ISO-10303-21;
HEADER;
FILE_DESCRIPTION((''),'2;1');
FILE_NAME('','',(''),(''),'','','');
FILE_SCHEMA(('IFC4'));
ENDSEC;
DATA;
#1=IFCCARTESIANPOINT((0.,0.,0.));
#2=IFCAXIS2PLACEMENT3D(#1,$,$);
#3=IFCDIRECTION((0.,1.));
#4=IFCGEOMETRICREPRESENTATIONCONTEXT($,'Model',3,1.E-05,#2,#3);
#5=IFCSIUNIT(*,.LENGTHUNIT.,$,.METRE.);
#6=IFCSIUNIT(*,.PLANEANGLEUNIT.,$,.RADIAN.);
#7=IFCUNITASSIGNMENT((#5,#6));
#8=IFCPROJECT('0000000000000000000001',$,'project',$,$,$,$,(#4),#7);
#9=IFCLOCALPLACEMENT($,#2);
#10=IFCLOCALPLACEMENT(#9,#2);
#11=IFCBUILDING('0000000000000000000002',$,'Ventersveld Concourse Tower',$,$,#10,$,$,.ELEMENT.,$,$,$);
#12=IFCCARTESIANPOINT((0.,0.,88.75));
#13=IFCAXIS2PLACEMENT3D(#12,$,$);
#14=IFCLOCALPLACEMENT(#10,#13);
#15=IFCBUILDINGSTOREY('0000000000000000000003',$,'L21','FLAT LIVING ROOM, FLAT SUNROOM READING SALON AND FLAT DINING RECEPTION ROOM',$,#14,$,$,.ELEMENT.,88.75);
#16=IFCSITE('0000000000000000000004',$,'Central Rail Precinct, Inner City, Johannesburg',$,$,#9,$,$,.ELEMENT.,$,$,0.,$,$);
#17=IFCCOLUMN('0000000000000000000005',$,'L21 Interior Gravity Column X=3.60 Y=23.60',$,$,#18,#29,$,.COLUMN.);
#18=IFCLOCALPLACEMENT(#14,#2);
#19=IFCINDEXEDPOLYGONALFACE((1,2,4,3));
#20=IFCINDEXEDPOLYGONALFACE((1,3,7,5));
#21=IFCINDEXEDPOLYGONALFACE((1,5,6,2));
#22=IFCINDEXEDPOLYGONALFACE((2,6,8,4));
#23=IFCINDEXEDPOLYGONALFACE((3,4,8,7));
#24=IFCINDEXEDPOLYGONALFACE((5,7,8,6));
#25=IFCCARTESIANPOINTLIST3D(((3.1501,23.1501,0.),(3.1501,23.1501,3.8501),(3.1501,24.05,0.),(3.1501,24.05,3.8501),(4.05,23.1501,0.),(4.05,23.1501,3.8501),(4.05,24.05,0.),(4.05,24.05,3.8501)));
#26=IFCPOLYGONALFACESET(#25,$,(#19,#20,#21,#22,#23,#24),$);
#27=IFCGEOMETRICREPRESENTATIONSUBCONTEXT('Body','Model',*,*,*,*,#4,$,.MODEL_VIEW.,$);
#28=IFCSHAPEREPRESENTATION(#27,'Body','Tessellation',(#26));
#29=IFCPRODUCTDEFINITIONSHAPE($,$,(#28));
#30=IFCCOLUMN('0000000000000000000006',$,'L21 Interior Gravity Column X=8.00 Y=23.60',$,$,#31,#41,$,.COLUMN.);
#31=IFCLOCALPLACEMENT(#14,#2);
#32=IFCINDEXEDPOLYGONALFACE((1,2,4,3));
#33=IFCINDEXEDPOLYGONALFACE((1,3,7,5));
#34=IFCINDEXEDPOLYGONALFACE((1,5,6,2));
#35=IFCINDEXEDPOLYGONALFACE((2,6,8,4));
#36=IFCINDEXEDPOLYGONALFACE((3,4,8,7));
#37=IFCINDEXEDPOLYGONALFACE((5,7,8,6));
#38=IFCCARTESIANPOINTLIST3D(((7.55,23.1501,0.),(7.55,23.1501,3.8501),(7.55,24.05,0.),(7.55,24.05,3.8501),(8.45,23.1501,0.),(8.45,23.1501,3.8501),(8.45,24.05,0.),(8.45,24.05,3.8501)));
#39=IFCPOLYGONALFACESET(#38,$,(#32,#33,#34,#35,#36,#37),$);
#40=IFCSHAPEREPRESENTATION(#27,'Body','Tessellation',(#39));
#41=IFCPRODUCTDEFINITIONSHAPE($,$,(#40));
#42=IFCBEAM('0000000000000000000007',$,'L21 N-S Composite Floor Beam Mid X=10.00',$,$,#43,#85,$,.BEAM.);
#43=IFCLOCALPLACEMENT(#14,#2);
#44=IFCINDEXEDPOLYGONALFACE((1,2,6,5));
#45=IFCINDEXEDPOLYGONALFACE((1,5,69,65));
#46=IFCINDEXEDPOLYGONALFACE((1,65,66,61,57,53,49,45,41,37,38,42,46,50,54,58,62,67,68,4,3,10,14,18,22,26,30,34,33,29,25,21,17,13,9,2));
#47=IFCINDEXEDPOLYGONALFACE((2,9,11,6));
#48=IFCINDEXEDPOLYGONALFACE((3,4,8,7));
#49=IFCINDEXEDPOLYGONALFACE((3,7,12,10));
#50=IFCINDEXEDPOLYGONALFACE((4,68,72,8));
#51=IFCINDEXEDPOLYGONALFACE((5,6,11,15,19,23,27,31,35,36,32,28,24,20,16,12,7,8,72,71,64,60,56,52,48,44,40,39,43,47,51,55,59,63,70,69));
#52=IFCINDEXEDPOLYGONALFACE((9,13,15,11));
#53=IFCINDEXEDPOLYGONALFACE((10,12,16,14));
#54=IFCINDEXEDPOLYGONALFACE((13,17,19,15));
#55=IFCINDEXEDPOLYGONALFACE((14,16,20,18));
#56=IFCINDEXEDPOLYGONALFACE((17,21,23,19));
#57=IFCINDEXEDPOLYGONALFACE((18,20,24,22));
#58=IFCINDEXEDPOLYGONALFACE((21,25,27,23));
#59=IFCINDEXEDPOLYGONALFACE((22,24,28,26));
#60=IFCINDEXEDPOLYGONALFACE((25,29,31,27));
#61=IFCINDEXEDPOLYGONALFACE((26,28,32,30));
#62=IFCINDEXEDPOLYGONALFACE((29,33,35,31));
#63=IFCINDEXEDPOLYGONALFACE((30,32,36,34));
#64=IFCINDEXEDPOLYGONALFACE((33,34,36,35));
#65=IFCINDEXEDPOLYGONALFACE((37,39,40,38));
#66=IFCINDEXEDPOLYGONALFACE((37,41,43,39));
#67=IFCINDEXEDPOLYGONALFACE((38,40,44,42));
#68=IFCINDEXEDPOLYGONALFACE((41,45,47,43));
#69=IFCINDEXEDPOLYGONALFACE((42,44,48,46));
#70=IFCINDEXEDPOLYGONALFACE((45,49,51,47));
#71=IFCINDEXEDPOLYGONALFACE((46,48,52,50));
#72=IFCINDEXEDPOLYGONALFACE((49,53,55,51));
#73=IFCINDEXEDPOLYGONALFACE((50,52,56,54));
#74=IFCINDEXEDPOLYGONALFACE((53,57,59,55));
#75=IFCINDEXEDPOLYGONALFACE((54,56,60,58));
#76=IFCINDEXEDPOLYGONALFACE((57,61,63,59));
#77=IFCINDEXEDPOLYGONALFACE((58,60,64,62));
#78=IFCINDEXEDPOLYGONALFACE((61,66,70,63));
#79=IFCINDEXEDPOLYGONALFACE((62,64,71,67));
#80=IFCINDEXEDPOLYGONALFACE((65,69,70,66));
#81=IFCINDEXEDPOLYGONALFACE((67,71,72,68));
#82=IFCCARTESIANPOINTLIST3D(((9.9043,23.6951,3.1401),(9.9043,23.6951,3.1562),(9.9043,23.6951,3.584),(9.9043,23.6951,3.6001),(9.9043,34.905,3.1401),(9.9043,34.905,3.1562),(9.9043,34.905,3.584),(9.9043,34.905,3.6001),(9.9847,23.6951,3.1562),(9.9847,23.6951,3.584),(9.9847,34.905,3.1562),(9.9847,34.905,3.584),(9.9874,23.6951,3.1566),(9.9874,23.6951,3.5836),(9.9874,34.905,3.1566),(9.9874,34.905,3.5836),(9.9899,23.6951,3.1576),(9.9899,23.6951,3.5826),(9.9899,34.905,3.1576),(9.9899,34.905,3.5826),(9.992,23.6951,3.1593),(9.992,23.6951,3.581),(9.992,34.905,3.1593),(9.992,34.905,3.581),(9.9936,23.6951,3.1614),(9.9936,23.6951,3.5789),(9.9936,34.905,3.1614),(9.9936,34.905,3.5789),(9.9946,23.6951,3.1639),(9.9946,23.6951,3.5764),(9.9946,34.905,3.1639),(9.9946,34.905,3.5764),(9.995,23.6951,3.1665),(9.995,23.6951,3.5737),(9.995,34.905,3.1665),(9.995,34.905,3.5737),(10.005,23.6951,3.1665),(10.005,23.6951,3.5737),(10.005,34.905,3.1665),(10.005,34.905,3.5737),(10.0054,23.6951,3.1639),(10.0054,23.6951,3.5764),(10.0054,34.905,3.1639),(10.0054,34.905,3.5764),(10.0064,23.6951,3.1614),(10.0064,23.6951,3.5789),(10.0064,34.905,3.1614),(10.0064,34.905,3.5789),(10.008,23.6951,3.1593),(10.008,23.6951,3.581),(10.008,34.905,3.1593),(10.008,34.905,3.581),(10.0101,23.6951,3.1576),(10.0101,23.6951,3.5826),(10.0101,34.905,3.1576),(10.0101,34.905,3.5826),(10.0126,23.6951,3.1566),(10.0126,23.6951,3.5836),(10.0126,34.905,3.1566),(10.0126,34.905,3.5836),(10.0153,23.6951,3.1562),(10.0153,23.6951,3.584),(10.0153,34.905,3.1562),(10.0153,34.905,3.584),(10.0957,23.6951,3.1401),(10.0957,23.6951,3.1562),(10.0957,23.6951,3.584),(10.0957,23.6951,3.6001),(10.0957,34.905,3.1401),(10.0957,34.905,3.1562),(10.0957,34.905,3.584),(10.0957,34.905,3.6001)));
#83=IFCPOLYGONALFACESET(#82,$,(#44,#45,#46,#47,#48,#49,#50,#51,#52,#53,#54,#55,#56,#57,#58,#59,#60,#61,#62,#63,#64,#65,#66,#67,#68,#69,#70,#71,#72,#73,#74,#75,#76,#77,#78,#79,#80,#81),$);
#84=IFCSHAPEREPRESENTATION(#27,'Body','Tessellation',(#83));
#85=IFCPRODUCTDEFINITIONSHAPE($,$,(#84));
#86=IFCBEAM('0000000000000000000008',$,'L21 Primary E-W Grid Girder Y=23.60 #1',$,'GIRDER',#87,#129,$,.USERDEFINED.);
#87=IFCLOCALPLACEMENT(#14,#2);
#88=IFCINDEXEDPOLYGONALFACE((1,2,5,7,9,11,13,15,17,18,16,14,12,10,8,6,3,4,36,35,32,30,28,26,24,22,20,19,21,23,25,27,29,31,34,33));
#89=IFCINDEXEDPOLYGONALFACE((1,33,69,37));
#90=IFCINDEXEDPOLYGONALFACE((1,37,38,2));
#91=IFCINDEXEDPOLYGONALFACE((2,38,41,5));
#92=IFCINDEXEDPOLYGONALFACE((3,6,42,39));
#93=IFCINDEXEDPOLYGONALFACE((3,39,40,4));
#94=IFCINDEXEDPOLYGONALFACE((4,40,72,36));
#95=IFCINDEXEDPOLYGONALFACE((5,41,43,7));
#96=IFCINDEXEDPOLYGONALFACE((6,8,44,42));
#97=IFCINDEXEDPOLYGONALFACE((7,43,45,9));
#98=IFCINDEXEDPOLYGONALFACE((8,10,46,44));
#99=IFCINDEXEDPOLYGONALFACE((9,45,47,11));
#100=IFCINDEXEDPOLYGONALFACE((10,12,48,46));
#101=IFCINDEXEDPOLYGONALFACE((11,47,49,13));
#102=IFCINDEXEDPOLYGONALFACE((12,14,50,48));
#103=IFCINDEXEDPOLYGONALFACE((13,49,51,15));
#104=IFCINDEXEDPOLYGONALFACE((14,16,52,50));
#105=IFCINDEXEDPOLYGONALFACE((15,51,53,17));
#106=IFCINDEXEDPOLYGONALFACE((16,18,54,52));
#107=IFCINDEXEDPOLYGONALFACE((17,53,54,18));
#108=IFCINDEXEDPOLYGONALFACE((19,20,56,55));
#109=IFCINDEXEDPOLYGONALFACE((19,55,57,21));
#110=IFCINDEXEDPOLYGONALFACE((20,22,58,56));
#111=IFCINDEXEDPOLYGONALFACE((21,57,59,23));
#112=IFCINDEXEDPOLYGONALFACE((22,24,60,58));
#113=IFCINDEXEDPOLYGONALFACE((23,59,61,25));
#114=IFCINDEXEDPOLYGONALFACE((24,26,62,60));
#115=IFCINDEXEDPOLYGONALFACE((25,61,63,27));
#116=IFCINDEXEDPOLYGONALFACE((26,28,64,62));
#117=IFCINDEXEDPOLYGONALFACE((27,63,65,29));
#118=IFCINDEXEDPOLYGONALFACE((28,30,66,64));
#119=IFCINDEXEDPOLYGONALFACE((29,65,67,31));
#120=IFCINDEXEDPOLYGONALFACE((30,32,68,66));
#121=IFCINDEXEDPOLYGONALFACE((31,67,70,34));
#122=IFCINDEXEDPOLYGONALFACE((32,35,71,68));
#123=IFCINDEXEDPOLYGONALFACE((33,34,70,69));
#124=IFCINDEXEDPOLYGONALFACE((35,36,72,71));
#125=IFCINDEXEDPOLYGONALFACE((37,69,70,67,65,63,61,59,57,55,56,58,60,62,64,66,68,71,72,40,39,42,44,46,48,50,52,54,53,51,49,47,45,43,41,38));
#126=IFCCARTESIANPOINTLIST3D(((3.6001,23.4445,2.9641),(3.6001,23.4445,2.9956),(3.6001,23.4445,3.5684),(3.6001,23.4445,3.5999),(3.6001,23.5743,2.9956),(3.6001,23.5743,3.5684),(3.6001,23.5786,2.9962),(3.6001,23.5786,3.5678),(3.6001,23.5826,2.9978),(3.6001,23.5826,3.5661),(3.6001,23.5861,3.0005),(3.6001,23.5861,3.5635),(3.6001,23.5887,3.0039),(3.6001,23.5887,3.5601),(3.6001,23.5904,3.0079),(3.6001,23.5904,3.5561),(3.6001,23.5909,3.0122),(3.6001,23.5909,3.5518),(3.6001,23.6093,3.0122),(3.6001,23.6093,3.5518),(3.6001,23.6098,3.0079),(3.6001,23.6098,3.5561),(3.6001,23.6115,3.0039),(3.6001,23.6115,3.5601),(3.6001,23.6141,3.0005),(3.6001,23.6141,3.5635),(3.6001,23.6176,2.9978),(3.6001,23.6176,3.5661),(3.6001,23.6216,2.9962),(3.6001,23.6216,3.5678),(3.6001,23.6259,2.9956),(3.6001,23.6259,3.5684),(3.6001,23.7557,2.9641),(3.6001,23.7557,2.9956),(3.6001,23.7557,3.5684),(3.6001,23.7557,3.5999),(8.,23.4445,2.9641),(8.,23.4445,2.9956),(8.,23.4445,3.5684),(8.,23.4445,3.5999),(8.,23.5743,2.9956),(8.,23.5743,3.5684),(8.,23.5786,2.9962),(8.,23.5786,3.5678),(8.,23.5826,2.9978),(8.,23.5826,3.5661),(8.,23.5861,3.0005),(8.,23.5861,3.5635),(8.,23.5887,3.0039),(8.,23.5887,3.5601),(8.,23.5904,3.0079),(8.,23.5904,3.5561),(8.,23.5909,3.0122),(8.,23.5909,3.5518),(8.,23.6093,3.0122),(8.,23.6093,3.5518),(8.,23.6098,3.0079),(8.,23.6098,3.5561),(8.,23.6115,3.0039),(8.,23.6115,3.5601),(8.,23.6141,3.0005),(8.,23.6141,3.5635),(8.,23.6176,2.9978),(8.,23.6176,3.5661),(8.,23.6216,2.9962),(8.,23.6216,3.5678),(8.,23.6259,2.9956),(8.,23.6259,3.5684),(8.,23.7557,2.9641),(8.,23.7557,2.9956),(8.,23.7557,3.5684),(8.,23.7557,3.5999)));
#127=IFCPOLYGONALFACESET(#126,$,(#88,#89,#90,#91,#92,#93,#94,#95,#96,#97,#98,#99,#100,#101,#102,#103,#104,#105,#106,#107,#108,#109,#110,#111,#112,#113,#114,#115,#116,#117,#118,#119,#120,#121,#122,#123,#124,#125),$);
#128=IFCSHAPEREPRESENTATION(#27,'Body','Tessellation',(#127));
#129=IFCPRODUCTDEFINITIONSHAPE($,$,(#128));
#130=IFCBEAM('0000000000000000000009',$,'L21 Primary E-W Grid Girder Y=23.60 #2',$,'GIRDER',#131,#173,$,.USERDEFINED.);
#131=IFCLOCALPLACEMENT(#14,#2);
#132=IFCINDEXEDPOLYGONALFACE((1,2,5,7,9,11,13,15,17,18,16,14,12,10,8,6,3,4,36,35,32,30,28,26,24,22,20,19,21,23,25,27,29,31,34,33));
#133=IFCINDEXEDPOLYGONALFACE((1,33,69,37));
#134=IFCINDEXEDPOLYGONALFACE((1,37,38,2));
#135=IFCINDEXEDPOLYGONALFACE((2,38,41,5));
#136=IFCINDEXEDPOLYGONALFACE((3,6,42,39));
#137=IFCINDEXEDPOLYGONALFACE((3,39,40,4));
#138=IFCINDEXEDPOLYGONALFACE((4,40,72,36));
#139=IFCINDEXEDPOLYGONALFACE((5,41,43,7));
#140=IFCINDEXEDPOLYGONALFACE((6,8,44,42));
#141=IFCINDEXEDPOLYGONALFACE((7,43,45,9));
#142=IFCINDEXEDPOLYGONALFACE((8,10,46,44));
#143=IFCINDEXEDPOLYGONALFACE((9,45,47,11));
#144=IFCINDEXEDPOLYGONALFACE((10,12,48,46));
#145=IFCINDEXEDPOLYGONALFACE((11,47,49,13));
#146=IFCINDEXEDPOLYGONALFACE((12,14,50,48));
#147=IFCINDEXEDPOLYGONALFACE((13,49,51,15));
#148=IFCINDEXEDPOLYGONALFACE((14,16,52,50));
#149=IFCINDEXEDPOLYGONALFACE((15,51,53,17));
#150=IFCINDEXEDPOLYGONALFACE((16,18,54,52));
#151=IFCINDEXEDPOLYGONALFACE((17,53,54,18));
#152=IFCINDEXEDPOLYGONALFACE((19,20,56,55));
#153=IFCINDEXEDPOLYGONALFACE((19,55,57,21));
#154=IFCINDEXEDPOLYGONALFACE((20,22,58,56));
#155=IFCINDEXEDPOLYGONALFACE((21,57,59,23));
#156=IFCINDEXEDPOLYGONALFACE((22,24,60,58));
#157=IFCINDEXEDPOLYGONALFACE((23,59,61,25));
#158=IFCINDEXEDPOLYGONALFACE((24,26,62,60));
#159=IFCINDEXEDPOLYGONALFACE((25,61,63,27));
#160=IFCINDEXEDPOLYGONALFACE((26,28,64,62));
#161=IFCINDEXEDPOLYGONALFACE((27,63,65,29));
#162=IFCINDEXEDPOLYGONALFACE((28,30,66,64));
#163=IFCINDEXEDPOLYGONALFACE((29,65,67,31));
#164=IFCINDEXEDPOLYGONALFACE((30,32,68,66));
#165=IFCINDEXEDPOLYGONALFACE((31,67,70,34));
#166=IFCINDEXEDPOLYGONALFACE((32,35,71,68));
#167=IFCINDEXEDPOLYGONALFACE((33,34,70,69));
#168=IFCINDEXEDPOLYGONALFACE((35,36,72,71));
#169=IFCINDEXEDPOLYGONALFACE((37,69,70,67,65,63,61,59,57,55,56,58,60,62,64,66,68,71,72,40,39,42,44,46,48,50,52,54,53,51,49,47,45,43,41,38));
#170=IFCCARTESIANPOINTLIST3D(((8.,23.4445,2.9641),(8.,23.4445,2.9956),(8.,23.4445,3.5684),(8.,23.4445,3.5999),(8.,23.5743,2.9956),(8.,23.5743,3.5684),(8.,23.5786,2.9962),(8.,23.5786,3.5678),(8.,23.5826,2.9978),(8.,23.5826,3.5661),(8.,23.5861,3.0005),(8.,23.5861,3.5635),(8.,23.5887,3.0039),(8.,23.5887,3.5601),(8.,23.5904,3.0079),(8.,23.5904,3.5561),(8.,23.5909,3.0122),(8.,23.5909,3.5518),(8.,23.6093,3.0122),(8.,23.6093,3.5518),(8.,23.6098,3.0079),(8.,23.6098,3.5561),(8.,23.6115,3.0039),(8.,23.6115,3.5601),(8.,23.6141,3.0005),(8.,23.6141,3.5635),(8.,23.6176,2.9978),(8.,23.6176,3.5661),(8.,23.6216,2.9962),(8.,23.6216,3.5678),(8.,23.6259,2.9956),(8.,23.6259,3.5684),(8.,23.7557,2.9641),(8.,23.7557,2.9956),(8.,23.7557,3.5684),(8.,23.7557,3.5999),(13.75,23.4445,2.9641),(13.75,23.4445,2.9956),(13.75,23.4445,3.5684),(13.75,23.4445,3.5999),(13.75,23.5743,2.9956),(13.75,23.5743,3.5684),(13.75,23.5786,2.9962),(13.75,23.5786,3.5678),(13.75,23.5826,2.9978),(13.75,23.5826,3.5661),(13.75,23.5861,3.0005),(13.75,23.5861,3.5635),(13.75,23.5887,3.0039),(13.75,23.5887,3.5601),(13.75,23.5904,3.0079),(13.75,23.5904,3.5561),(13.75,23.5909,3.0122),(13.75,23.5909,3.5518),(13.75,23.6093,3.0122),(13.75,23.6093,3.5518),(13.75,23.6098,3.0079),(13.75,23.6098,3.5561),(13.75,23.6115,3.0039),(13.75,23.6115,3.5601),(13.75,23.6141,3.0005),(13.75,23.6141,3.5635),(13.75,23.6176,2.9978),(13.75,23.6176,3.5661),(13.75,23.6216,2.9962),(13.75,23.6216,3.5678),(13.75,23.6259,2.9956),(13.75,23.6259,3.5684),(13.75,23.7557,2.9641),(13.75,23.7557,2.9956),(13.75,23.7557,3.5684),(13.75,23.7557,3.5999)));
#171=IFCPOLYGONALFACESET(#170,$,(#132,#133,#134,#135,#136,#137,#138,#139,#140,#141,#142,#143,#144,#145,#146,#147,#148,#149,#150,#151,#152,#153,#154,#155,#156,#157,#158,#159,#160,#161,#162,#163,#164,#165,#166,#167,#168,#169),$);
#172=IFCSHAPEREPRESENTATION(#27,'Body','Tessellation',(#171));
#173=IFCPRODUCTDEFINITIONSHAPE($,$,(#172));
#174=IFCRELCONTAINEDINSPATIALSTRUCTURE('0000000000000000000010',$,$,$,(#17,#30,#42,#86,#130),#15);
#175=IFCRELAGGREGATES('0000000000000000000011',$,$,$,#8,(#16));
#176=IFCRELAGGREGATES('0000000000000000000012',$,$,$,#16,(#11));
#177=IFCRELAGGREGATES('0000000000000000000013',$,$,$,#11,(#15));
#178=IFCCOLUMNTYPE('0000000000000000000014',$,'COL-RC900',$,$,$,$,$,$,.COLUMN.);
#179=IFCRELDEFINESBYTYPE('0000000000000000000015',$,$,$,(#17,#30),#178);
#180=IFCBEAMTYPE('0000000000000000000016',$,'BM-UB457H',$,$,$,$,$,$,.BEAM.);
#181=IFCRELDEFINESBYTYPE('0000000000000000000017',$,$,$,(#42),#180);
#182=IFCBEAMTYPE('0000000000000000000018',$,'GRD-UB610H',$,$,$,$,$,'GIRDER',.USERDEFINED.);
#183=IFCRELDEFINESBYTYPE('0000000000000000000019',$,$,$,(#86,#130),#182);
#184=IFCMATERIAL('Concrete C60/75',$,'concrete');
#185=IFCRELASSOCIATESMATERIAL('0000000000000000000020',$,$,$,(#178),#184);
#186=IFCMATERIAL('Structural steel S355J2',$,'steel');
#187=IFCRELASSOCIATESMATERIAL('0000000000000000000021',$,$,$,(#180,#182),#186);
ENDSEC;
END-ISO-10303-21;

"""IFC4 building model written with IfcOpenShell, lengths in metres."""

from ifc_helpers import new_model, si_unit, direction, frame, origin, origin_2d, place, context, subcontext, project, spatial, rectangle, i_section, extrude, material, material_profile, profile_set, type_object, element, save


model = new_model("IFC4")

# Units and contexts
model_context = context("Model", 3, precision=1e-05, world=origin(), true_north=direction((0.0, 1.0)))
body_context = subcontext(model_context, "Body", "Model", "MODEL_VIEW")
ifc_project = project(units=[si_unit("LENGTHUNIT", "METRE"), si_unit("PLANEANGLEUNIT", "RADIAN")], contexts=[model_context])

# Site, building, storey
site_placement = place(None, origin())
site = spatial("IfcSite", under=ifc_project, at=site_placement, Name="Central Rail Precinct, Inner City, Johannesburg", CompositionType="ELEMENT", RefElevation=0.0)
building_placement = place(site_placement, origin())
building = spatial("IfcBuilding", under=site, at=building_placement, Name="Ventersveld Concourse Tower", CompositionType="ELEMENT")
storey_placement = place(building_placement, frame((0.0, 0.0, 88.75)))
storey = spatial("IfcBuildingStorey", under=building, at=storey_placement, Name="L21", Description="FLAT LIVING ROOM, FLAT SUNROOM READING SALON AND FLAT DINING RECEPTION ROOM", CompositionType="ELEMENT", Elevation=88.75)

# Columns
ifc_material_1 = material(Name="Concrete C60/75", Category="concrete")
ifc_material_profile_1 = material_profile(ifc_material_1, rectangle(XDim=0.8999, YDim=0.8999, at=origin_2d()), Name="RC 900x900")
ifc_profile_set_1 = profile_set([ifc_material_profile_1], Name="Concrete C60/75")
column_type = type_object("IfcColumnType", Name="COL-RC900", PredefinedType="COLUMN", material=ifc_profile_set_1)
for number, where, z_axis, x_axis, name in (
    (1, (3.6001, 23.6001, 0.0), (0.0, 0.0, 1.0), (1.0, 0.0, 0.0), "L21 Interior Gravity Column X=3.60 Y=23.60"),
    (2, (8.0, 23.6001, 0.0), (0.0, 0.0, 1.0), (1.0, 0.0, 0.0), "L21 Interior Gravity Column X=8.00 Y=23.60"),
):
    element("IfcColumn", number, at=place(storey_placement, frame(where, z_axis=z_axis, x_axis=x_axis)), inside=storey, type_object=column_type, Name=name, PredefinedType="COLUMN", context=body_context, shape_type="SweptSolid", body=[
        extrude(rectangle(XDim=0.8999, YDim=0.8999, at=origin_2d()), origin(), (0.0, 0.0, 1.0), 3.8501),
    ])

# Beams
ifc_material_2 = material(Name="Structural steel S355J2", Category="steel")
ifc_material_profile_2 = material_profile(ifc_material_2, i_section(OverallWidth=0.1914, OverallDepth=0.46, WebThickness=0.01, FlangeThickness=0.0161, FilletRadius=0.0103, at=origin_2d()), Name="UB 457x191x82")
ifc_profile_set_2 = profile_set([ifc_material_profile_2], Name="Structural steel S355J2")
beam_type_1 = type_object("IfcBeamType", Name="BM-UB457H", PredefinedType="BEAM", material=ifc_profile_set_2)
beam_1_placement = place(storey_placement, frame((10.0, 23.6951, 3.3701), z_axis=(0.0, 1.0, 0.0), x_axis=(-1.0, 0.0, 0.0)))
element("IfcBeam", 3, at=beam_1_placement, inside=storey, type_object=beam_type_1, Name="L21 N-S Composite Floor Beam Mid X=10.00", PredefinedType="BEAM", context=body_context, shape_type="SweptSolid", body=[
    extrude(i_section(OverallWidth=0.1914, OverallDepth=0.46, WebThickness=0.01, FlangeThickness=0.0161, FilletRadius=0.0103, at=origin_2d()), origin(), (0.0, 0.0, 1.0), 11.21),
])
ifc_material_profile_3 = material_profile(ifc_material_2, i_section(OverallWidth=0.3113, OverallDepth=0.6357, WebThickness=0.0183, FlangeThickness=0.0315, FilletRadius=0.0166, at=origin_2d()), Name="UB 610x305x238")
ifc_profile_set_3 = profile_set([ifc_material_profile_3], Name="Structural steel S355J2")
beam_type_2 = type_object("IfcBeamType", Name="GRD-UB610H", ElementType="GIRDER", PredefinedType="USERDEFINED", material=ifc_profile_set_3)
beam_2_placement = place(storey_placement, frame((3.6001, 23.6001, 3.282), z_axis=(1.0, 0.0, 0.0), x_axis=(0.0, 1.0, 0.0)))
element("IfcBeam", 4, at=beam_2_placement, inside=storey, type_object=beam_type_2, Name="L21 Primary E-W Grid Girder Y=23.60 #1", ObjectType="GIRDER", PredefinedType="USERDEFINED", context=body_context, shape_type="SweptSolid", body=[
    extrude(i_section(OverallWidth=0.3113, OverallDepth=0.6357, WebThickness=0.0183, FlangeThickness=0.0315, FilletRadius=0.0166, at=origin_2d()), origin(), (0.0, 0.0, 1.0), 4.3999),
])
beam_3_placement = place(storey_placement, frame((8.0, 23.6001, 3.282), z_axis=(1.0, 0.0, 0.0), x_axis=(0.0, 1.0, 0.0)))
element("IfcBeam", 5, at=beam_3_placement, inside=storey, type_object=beam_type_2, Name="L21 Primary E-W Grid Girder Y=23.60 #2", ObjectType="GIRDER", PredefinedType="USERDEFINED", context=body_context, shape_type="SweptSolid", body=[
    extrude(i_section(OverallWidth=0.3113, OverallDepth=0.6357, WebThickness=0.0183, FlangeThickness=0.0315, FilletRadius=0.0166, at=origin_2d()), origin(), (0.0, 0.0, 1.0), 5.75),
])

save(model, "model.ifc")
